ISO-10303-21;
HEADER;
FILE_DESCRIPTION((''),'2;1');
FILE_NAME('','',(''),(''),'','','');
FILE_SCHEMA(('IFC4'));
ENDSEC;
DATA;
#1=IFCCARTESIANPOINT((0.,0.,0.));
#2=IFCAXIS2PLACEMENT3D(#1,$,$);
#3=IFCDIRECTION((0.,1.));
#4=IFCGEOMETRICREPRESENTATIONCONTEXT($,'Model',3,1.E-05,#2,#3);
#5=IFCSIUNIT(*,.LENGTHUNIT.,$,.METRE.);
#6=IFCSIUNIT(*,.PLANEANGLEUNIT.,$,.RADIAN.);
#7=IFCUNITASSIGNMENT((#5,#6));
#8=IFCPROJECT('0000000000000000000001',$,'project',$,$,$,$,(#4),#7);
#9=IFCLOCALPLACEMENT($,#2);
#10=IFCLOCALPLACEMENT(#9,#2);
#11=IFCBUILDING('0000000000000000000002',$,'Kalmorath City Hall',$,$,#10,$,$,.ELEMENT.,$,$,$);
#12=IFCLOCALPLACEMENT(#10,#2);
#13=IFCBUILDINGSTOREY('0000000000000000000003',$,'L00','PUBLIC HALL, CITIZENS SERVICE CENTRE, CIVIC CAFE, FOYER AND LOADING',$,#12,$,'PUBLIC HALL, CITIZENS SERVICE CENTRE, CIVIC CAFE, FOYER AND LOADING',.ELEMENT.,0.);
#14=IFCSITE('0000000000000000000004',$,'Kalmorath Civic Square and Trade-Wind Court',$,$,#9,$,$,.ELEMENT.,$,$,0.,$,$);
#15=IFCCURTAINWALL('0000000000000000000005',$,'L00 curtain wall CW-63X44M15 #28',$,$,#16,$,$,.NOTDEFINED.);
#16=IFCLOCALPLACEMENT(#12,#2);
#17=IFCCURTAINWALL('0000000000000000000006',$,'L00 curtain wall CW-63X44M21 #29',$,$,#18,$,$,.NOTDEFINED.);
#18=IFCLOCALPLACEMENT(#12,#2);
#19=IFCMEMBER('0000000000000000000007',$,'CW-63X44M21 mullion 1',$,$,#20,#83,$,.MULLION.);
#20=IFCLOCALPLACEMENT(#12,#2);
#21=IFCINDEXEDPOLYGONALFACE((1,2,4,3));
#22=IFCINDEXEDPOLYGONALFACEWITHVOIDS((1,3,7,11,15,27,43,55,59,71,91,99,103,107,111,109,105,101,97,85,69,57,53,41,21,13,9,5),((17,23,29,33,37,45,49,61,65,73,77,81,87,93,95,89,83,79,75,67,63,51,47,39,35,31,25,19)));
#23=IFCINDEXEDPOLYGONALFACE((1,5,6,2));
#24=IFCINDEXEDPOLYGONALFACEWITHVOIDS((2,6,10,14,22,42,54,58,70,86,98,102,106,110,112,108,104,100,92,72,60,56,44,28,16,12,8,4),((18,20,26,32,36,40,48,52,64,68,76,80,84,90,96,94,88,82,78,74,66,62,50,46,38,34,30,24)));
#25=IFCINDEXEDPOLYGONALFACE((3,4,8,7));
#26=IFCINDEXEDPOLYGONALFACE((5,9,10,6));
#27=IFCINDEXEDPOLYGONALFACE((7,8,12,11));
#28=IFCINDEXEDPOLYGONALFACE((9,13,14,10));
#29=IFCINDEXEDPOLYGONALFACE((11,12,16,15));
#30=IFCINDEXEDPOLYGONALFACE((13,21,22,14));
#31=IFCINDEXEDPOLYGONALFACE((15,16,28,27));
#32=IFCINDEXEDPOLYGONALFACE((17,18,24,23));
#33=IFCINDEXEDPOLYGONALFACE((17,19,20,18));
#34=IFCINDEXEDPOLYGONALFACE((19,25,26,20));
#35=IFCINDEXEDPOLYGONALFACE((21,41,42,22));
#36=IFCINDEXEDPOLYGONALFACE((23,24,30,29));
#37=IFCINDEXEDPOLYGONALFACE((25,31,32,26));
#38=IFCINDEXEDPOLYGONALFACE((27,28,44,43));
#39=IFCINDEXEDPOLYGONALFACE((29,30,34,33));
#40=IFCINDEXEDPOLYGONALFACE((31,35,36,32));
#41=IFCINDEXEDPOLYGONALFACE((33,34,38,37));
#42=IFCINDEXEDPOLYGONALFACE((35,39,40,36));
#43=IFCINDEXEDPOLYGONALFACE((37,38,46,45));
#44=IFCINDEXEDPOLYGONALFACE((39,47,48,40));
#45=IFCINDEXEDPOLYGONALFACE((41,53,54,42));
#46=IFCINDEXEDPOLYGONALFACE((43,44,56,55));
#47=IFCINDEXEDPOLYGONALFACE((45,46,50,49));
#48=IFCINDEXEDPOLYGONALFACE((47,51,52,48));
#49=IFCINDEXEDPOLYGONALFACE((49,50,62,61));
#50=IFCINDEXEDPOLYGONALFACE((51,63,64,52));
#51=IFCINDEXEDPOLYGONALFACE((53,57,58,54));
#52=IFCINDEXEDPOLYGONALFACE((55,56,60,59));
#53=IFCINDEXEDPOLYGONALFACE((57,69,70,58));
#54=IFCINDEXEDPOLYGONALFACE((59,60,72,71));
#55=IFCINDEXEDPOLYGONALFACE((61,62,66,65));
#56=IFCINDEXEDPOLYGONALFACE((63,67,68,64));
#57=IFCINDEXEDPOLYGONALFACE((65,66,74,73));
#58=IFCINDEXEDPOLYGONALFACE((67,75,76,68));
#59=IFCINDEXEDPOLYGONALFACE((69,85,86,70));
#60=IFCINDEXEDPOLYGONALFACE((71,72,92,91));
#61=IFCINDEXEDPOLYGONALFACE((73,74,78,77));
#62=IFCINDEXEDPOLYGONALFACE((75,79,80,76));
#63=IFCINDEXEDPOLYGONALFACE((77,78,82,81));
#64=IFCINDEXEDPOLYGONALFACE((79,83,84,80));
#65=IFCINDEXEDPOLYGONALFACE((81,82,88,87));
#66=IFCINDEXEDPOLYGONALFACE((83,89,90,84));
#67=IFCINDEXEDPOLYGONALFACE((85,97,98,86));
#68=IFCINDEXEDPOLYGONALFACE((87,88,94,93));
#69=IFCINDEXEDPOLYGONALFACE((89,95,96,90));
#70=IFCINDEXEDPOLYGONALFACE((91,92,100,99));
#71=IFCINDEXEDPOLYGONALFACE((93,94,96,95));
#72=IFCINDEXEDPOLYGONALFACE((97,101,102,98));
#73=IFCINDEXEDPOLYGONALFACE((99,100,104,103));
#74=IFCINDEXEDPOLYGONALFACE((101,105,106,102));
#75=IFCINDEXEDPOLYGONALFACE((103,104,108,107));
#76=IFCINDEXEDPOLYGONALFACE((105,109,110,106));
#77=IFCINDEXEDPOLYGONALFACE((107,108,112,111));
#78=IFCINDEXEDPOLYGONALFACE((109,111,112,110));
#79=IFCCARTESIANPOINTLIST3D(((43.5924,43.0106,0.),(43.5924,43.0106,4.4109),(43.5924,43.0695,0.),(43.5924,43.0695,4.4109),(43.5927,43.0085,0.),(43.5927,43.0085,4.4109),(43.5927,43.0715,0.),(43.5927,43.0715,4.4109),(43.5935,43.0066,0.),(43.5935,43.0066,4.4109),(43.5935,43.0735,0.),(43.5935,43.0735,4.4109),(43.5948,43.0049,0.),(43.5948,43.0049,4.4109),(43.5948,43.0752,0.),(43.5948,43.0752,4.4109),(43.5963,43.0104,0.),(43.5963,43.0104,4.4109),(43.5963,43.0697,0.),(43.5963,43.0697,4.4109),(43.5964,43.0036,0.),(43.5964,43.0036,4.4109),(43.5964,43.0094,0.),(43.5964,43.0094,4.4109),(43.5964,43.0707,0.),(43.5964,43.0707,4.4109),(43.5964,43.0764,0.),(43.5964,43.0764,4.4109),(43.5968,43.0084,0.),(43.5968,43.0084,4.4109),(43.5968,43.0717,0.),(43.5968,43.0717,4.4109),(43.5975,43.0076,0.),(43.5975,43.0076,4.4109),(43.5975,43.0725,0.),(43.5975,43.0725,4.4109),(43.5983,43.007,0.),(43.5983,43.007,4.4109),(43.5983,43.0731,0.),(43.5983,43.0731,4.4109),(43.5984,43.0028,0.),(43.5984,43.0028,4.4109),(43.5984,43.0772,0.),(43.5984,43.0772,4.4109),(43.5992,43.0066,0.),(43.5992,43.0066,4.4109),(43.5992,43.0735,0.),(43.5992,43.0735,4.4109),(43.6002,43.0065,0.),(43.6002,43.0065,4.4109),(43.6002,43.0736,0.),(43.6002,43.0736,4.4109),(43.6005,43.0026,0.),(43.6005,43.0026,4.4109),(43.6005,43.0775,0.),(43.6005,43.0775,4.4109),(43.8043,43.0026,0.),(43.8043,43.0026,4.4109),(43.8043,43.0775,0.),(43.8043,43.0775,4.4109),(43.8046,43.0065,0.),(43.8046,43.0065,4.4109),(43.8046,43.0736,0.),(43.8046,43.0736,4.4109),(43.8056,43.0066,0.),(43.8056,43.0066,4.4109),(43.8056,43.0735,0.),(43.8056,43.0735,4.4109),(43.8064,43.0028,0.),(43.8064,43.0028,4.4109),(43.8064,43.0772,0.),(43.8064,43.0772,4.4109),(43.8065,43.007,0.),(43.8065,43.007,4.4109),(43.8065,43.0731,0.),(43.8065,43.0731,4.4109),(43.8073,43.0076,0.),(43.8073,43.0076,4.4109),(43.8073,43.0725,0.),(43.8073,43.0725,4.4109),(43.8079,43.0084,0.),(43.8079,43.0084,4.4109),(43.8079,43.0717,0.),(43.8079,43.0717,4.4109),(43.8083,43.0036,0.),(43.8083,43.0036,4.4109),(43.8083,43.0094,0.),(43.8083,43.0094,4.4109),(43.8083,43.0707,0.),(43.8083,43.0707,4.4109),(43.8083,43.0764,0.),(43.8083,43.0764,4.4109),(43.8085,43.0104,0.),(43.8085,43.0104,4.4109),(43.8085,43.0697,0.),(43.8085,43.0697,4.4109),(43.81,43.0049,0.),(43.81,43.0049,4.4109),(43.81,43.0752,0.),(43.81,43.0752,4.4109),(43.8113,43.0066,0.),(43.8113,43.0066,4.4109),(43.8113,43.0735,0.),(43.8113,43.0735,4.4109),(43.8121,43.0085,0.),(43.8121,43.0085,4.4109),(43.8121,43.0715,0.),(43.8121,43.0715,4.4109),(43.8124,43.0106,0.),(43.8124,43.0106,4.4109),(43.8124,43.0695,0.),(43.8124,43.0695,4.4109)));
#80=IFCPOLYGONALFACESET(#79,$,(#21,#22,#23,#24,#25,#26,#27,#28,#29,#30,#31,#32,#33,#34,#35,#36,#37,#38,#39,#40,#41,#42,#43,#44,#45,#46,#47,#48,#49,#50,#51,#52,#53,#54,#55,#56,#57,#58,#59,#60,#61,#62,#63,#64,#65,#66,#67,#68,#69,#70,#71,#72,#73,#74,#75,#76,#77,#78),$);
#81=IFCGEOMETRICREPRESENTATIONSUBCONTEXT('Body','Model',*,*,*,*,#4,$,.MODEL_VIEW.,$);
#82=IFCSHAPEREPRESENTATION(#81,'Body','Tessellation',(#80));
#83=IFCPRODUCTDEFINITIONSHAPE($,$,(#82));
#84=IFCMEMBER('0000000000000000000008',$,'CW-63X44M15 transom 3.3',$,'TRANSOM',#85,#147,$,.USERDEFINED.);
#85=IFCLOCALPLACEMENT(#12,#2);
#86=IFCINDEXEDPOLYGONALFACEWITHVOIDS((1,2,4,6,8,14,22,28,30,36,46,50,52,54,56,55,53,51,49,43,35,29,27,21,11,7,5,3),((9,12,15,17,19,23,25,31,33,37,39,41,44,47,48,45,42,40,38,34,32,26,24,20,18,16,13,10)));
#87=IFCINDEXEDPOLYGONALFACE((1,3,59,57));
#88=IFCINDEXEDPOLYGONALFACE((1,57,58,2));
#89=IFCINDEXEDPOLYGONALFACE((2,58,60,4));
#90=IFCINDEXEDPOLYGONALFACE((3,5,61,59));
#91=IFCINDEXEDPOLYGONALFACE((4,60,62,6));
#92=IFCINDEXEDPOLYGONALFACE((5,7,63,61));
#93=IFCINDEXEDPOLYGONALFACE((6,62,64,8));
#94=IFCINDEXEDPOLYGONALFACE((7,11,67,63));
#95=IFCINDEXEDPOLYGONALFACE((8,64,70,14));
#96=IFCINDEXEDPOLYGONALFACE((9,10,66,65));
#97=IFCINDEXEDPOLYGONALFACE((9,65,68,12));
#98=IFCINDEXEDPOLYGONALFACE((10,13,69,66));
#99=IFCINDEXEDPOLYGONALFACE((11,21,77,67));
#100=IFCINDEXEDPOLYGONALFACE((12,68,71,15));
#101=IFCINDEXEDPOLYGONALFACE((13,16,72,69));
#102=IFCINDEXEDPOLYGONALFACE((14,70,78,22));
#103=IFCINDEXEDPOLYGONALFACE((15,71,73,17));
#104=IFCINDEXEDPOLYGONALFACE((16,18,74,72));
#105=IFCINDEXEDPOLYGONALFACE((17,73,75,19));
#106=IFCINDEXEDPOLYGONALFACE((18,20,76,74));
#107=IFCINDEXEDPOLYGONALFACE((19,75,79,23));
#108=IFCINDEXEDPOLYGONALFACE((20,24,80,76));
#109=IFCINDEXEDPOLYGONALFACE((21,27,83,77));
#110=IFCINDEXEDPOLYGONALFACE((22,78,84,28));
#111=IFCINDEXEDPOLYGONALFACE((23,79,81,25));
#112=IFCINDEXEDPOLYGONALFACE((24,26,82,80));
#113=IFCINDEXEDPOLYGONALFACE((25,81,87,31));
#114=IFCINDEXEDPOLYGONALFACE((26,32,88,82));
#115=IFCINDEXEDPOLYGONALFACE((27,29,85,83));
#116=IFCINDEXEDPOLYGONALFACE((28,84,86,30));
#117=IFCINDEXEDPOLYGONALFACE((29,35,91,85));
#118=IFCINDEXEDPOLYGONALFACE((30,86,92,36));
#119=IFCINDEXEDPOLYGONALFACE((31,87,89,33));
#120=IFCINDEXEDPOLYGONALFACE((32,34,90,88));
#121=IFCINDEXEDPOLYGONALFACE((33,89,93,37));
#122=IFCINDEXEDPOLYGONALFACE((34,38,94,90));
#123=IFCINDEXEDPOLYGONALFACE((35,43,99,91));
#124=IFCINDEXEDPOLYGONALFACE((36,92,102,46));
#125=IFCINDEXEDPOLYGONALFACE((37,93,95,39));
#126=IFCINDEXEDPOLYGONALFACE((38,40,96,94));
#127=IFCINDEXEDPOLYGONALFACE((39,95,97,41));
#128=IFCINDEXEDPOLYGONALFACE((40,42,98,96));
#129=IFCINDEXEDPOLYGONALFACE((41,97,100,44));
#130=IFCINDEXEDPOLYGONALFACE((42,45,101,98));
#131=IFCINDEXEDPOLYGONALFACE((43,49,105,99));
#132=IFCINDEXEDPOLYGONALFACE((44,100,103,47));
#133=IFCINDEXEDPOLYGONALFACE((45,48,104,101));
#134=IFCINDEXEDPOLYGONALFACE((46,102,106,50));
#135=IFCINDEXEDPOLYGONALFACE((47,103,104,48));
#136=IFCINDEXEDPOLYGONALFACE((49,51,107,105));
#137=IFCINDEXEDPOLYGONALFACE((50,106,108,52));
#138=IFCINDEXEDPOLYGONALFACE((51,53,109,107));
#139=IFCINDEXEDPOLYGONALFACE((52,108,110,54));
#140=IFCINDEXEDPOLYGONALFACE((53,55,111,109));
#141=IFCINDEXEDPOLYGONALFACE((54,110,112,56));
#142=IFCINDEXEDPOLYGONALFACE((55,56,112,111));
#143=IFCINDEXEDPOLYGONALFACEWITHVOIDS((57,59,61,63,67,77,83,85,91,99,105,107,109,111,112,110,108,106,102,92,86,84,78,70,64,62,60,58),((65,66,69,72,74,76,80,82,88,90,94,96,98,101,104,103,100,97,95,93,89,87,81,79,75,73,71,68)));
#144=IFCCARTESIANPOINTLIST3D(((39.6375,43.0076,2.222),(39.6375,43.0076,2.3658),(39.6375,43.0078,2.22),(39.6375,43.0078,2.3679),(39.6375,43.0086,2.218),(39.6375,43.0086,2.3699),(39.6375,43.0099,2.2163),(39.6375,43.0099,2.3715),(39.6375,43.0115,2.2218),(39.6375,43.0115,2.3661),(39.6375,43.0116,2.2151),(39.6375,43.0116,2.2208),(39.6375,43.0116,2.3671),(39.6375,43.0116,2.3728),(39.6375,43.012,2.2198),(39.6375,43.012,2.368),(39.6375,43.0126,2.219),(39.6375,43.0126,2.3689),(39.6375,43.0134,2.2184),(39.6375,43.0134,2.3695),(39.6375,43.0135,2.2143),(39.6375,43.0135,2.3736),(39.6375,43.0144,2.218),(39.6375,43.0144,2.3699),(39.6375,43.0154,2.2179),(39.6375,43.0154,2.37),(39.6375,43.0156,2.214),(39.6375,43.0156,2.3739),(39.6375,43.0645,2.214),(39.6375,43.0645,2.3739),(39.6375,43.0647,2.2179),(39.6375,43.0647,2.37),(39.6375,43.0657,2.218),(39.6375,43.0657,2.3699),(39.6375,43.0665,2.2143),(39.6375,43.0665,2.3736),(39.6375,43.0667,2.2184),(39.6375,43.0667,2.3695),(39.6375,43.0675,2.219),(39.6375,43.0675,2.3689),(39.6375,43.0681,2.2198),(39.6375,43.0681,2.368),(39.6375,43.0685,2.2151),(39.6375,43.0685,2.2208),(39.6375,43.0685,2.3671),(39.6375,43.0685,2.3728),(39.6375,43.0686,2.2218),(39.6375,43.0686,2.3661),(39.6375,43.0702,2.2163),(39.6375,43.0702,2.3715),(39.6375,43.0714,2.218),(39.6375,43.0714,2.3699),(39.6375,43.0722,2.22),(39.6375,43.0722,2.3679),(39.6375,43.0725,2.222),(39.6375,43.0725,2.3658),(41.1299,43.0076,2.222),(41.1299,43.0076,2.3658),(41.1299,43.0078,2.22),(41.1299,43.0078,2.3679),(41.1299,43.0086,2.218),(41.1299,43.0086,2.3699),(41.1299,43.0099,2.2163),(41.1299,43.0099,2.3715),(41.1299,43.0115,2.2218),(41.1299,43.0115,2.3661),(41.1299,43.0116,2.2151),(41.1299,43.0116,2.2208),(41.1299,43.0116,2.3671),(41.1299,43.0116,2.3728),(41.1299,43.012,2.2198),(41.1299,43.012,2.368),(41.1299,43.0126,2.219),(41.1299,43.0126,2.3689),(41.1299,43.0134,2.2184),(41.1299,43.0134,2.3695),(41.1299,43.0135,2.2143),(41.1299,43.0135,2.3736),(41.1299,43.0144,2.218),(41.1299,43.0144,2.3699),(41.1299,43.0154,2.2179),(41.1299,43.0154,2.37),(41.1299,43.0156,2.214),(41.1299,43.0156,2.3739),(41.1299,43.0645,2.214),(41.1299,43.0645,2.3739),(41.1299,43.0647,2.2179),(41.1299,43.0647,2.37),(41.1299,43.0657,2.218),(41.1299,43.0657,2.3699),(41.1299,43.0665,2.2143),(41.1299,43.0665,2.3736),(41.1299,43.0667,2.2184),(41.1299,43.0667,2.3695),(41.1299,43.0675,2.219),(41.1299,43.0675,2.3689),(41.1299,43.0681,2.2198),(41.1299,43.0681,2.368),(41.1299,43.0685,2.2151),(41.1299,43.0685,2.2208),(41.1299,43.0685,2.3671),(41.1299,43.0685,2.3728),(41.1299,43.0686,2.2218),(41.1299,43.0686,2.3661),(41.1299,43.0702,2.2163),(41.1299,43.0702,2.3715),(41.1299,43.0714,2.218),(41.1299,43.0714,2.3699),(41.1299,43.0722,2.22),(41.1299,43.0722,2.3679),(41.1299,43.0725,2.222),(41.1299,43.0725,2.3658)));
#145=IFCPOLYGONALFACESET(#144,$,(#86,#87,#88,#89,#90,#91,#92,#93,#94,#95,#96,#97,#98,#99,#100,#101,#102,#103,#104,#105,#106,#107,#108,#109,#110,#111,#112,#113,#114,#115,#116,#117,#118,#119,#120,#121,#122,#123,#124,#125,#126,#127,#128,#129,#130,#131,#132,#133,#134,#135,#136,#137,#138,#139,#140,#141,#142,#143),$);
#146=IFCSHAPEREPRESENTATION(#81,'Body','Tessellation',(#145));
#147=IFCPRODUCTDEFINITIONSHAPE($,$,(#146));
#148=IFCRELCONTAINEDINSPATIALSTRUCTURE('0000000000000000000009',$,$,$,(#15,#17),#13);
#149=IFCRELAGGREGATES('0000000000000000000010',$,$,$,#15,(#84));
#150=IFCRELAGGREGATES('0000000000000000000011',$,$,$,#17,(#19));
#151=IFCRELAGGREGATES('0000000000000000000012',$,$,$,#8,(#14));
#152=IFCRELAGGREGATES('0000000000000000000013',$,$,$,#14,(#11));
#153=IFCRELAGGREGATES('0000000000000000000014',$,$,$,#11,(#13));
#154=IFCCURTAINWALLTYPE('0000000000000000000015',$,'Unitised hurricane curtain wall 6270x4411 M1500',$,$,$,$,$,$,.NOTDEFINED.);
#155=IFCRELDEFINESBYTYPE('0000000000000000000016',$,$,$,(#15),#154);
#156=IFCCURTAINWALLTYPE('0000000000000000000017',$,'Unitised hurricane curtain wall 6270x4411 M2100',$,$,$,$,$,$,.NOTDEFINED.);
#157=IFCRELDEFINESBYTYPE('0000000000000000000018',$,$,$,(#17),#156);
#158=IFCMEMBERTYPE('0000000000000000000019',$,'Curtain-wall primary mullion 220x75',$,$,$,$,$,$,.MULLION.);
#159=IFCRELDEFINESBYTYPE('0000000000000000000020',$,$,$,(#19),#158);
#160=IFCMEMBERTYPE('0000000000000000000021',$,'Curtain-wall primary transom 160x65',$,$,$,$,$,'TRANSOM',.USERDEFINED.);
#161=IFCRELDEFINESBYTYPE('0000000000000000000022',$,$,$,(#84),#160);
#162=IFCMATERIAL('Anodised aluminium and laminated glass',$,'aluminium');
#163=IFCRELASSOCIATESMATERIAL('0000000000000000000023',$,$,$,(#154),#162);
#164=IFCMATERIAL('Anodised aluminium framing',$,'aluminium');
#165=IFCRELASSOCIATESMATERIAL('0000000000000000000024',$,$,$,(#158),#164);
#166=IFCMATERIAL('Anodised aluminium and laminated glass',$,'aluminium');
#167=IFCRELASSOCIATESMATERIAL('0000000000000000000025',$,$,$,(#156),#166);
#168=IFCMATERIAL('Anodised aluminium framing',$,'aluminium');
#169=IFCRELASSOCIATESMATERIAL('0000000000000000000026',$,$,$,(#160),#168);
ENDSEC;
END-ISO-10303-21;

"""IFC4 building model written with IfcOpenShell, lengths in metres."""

from ifc_helpers import new_model, si_unit, direction, frame, origin, origin_2d, place, context, subcontext, project, spatial, hollow_rectangle, extrude, material, material_profile, profile_set, type_object, element, aggregate, save


model = new_model("IFC4")

# Units and contexts
model_context = context("Model", 3, precision=1e-05, world=origin(), true_north=direction((0.0, 1.0)))
body_context = subcontext(model_context, "Body", "Model", "MODEL_VIEW")
ifc_project = project(units=[si_unit("LENGTHUNIT", "METRE"), si_unit("PLANEANGLEUNIT", "RADIAN")], contexts=[model_context])

# Site, building, storey
site_placement = place(None, origin())
site = spatial("IfcSite", under=ifc_project, at=site_placement, Name="Kalmorath Civic Square and Trade-Wind Court", CompositionType="ELEMENT", RefElevation=0.0)
building_placement = place(site_placement, origin())
building = spatial("IfcBuilding", under=site, at=building_placement, Name="Kalmorath City Hall", CompositionType="ELEMENT")
storey_placement = place(building_placement, origin())
storey = spatial("IfcBuildingStorey", under=building, at=storey_placement, Name="L00", Description="PUBLIC HALL, CITIZENS SERVICE CENTRE, CIVIC CAFE, FOYER AND LOADING", LongName="PUBLIC HALL, CITIZENS SERVICE CENTRE, CIVIC CAFE, FOYER AND LOADING", CompositionType="ELEMENT", Elevation=0.0)

# Curtain wall
ifc_material_1 = material(Name="Anodised aluminium and laminated glass", Category="aluminium")
curtain_wall_type_1 = type_object("IfcCurtainWallType", Name="Unitised hurricane curtain wall 6270x4411 M1500", PredefinedType="NOTDEFINED", material=ifc_material_1)
curtain_wall_1_placement = place(storey_placement, origin())
curtain_wall_1 = element("IfcCurtainWall", 1, at=curtain_wall_1_placement, inside=storey, type_object=curtain_wall_type_1, Name="L00 curtain wall CW-63X44M15 #28", PredefinedType="NOTDEFINED")
ifc_material_2 = material(Name="Anodised aluminium framing", Category="aluminium")
ifc_material_profile_1 = material_profile(ifc_material_2, hollow_rectangle(XDim=0.075, YDim=0.22, WallThickness=0.0039, InnerFilletRadius=0.0039, OuterFilletRadius=0.0081, at=origin_2d()), Name="ALU-MUL-220X75X4")
ifc_profile_set_1 = profile_set([ifc_material_profile_1], Name="Anodised aluminium framing")
member_type_1 = type_object("IfcMemberType", Name="Curtain-wall primary mullion 220x75", PredefinedType="MULLION", material=ifc_profile_set_1)

# Curtain wall, member
ifc_material_3 = material(Name="Anodised aluminium and laminated glass", Category="aluminium")
curtain_wall_type_2 = type_object("IfcCurtainWallType", Name="Unitised hurricane curtain wall 6270x4411 M2100", PredefinedType="NOTDEFINED", material=ifc_material_3)
curtain_wall_2_placement = place(storey_placement, origin())
curtain_wall_2 = element("IfcCurtainWall", 2, at=curtain_wall_2_placement, inside=storey, type_object=curtain_wall_type_2, Name="L00 curtain wall CW-63X44M21 #29", PredefinedType="NOTDEFINED")
member_1_placement = place(storey_placement, frame((43.7024, 43.04, 0.0), z_axis=(0.0, 0.0, 1.0), x_axis=(0.0, 1.0, 0.0)))
member_1 = element("IfcMember", 3, at=member_1_placement, type_object=member_type_1, Name="CW-63X44M21 mullion 1", PredefinedType="MULLION", context=body_context, shape_type="SweptSolid", body=[
    extrude(hollow_rectangle(XDim=0.075, YDim=0.22, WallThickness=0.0039, InnerFilletRadius=0.0039, OuterFilletRadius=0.0081, at=origin_2d()), origin(), (0.0, 0.0, 1.0), 4.4109),
])

# Member
ifc_material_4 = material(Name="Anodised aluminium framing", Category="aluminium")
ifc_material_profile_2 = material_profile(ifc_material_4, hollow_rectangle(XDim=0.0649, YDim=0.1599, WallThickness=0.0039, InnerFilletRadius=0.0039, OuterFilletRadius=0.0081, at=origin_2d()), Name="ALU-TRN-160X65X4")
ifc_profile_set_2 = profile_set([ifc_material_profile_2], Name="Anodised aluminium framing")
member_type_2 = type_object("IfcMemberType", Name="Curtain-wall primary transom 160x65", ElementType="TRANSOM", PredefinedType="USERDEFINED", material=ifc_profile_set_2)
member_2_placement = place(storey_placement, frame((39.6375, 43.04, 2.2939), z_axis=(1.0, 0.0, 0.0), x_axis=(0.0, 1.0, 0.0)))
member_2 = element("IfcMember", 4, at=member_2_placement, type_object=member_type_2, Name="CW-63X44M15 transom 3.3", ObjectType="TRANSOM", PredefinedType="USERDEFINED", context=body_context, shape_type="SweptSolid", body=[
    extrude(hollow_rectangle(XDim=0.0649, YDim=0.1599, WallThickness=0.0039, InnerFilletRadius=0.0039, OuterFilletRadius=0.0081, at=origin_2d()), origin(), (0.0, 0.0, 1.0), 1.4924),
])

aggregate(curtain_wall_1, [member_2])
aggregate(curtain_wall_2, [member_1])

save(model, "model.ifc")
